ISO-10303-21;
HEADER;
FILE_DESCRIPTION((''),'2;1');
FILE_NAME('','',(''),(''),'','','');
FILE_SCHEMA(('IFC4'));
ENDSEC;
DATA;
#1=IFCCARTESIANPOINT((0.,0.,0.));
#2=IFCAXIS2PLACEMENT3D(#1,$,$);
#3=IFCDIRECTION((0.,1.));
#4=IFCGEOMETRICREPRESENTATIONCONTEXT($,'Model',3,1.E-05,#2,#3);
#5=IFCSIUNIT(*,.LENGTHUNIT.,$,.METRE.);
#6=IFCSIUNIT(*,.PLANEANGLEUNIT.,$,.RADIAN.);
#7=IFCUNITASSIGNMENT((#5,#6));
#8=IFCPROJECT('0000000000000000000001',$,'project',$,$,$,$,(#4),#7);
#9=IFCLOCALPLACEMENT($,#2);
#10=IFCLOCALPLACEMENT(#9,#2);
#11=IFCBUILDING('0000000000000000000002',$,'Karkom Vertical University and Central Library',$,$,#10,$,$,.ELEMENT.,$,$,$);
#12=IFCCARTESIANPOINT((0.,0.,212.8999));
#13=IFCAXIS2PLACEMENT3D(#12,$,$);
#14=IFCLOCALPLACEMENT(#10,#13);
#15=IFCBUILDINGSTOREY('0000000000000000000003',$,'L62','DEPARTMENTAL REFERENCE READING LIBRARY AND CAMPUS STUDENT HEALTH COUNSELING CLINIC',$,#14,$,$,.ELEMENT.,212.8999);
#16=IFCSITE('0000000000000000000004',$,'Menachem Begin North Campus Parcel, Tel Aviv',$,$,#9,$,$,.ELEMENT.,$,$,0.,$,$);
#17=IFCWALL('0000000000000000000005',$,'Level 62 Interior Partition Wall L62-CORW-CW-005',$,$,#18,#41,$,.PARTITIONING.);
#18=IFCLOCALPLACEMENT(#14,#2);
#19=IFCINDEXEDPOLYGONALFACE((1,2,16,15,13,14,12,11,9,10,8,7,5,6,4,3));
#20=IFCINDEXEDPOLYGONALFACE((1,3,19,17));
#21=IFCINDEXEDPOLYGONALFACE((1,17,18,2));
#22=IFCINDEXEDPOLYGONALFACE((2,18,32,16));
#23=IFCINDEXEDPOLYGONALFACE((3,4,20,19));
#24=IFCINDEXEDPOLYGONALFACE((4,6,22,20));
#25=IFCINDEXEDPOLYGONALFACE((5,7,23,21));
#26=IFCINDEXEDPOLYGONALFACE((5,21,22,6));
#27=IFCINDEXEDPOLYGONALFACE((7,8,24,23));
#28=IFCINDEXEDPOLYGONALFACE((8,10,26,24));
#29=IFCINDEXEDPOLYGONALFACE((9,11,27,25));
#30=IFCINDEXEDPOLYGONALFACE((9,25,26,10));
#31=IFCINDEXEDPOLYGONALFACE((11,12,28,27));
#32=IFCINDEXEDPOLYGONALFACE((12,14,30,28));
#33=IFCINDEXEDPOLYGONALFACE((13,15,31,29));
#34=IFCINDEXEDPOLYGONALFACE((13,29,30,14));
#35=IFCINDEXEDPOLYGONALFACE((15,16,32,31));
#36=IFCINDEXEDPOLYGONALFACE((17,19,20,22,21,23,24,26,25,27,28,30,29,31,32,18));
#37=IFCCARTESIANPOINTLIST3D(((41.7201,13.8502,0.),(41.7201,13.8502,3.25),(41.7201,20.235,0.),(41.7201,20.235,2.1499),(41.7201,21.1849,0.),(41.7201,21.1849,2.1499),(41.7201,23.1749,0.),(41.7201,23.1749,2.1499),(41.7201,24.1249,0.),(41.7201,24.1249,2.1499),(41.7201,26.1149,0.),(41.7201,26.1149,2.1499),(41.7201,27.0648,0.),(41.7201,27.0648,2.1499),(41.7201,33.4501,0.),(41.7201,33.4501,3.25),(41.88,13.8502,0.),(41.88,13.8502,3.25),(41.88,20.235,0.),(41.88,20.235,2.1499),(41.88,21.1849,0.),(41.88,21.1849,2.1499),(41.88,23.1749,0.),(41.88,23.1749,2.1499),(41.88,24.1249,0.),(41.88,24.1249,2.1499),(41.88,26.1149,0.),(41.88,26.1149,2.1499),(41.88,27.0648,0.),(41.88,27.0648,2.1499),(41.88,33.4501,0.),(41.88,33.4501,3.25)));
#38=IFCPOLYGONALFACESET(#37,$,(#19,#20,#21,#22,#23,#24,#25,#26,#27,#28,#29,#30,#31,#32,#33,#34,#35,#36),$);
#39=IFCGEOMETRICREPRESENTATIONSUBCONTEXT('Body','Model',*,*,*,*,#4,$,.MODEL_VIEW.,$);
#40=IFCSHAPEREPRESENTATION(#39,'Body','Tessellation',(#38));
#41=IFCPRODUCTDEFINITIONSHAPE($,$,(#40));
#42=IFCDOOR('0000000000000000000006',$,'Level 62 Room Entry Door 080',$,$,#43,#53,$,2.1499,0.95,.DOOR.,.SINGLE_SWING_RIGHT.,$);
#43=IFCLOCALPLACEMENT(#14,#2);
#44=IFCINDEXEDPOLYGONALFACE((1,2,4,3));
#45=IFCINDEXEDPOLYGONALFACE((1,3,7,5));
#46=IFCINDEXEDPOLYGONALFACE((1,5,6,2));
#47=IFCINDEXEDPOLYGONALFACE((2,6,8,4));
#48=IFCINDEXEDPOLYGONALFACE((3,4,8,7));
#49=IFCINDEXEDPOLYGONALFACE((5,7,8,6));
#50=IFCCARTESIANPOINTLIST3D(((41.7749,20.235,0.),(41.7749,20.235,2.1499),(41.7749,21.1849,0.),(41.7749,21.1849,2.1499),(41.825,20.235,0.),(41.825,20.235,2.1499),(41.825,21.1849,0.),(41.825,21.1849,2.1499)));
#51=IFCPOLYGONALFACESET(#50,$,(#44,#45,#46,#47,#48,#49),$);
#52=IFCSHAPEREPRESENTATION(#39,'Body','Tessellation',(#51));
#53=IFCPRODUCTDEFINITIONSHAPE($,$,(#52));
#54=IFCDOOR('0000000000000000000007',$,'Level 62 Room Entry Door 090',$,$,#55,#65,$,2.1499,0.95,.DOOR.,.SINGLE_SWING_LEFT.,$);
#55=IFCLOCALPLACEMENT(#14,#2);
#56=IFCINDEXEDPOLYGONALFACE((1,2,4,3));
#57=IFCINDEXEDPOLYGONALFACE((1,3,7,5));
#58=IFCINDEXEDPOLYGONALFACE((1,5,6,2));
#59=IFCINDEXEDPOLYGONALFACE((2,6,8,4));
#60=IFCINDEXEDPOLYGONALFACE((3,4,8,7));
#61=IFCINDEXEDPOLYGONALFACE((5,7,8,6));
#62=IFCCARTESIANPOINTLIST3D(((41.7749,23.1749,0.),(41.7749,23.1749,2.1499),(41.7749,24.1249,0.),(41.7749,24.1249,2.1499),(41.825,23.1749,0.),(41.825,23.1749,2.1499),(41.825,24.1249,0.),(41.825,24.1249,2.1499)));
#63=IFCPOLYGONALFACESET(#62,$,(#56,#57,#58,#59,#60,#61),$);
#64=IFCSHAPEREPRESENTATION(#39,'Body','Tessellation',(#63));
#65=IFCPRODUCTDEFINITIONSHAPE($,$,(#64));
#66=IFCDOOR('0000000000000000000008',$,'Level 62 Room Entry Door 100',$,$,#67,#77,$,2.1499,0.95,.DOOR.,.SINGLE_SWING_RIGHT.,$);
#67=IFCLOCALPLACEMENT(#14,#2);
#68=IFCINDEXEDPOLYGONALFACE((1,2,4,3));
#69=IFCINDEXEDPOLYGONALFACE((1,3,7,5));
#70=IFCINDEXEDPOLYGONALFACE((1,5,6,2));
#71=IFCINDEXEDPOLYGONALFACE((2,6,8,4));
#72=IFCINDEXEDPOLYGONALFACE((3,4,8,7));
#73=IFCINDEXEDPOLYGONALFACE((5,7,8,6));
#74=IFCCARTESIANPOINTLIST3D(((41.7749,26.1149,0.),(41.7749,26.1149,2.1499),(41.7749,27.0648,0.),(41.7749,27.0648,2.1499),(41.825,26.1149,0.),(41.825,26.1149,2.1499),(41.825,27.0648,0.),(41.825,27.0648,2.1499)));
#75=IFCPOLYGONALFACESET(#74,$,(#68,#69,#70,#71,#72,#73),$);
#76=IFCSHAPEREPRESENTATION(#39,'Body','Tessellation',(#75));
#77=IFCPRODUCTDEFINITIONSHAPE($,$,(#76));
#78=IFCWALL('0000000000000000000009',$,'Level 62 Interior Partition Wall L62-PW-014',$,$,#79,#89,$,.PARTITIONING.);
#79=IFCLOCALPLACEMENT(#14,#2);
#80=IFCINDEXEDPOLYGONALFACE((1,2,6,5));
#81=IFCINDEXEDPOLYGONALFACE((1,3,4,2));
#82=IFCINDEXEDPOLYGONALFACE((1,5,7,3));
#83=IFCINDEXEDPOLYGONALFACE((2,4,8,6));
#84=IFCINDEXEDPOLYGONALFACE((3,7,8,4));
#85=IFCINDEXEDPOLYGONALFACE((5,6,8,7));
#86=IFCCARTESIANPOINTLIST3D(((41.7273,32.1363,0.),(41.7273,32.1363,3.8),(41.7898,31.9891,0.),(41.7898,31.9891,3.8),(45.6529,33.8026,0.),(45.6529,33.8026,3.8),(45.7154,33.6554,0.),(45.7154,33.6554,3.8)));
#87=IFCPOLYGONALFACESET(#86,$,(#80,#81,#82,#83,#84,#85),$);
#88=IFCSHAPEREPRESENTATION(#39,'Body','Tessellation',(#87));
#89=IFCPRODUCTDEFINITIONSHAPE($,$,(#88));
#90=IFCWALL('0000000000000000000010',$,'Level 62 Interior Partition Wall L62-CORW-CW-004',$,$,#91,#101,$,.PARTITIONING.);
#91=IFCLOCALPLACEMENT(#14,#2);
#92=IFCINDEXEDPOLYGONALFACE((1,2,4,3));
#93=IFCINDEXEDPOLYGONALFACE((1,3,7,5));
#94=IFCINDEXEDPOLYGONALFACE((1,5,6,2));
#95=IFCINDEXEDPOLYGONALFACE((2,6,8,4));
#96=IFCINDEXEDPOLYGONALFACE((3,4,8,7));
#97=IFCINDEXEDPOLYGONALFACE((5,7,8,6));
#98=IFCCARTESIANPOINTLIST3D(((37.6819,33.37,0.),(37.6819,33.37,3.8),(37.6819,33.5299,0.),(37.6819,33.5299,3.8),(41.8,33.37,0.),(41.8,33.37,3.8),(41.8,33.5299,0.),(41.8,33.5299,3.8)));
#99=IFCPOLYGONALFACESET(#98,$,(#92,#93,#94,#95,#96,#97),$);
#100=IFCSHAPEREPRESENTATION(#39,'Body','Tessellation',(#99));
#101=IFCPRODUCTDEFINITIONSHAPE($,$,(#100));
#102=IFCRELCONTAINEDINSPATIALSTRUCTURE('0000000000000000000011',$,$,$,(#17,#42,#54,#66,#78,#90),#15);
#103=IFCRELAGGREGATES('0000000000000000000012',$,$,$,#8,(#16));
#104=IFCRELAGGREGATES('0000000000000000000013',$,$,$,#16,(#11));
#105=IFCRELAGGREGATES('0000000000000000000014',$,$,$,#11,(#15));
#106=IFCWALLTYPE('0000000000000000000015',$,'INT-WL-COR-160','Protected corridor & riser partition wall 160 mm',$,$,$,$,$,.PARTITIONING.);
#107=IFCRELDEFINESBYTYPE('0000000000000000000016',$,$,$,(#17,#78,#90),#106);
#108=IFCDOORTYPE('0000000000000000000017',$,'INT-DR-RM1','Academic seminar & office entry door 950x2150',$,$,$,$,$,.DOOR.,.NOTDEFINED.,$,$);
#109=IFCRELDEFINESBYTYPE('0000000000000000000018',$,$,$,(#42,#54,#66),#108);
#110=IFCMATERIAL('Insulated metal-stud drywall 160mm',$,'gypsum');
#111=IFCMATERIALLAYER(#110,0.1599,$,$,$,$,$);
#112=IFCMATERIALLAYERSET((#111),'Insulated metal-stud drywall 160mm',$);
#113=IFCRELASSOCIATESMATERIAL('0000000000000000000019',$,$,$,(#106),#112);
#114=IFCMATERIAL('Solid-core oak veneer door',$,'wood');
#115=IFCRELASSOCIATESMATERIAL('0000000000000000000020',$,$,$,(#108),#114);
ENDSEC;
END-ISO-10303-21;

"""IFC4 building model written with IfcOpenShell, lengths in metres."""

from ifc_helpers import new_model, si_unit, direction, frame, frame_2d, origin, origin_with_axes, place, context, subcontext, project, spatial, rectangle, extrude, source, transform, mapped, material, layer, layer_set, type_object, element, fill, save


model = new_model("IFC4")

# Units and contexts
model_context = context("Model", 3, precision=1e-05, world=origin(), true_north=direction((0.0, 1.0)))
body_context = subcontext(model_context, "Body", "Model", "MODEL_VIEW")
ifc_project = project(units=[si_unit("LENGTHUNIT", "METRE"), si_unit("PLANEANGLEUNIT", "RADIAN")], contexts=[model_context])

# Site, building, storey
site_placement = place(None, origin())
site = spatial("IfcSite", under=ifc_project, at=site_placement, Name="Menachem Begin North Campus Parcel, Tel Aviv", CompositionType="ELEMENT", RefElevation=0.0)
building_placement = place(site_placement, origin())
building = spatial("IfcBuilding", under=site, at=building_placement, Name="Karkom Vertical University and Central Library", CompositionType="ELEMENT")
storey_placement = place(building_placement, frame((0.0, 0.0, 212.8999)))
storey = spatial("IfcBuildingStorey", under=building, at=storey_placement, Name="L62", Description="DEPARTMENTAL REFERENCE READING LIBRARY AND CAMPUS STUDENT HEALTH COUNSELING CLINIC", CompositionType="ELEMENT", Elevation=212.8999)

# Wall, openings, doors
ifc_material_1 = material(Name="Insulated metal-stud drywall 160mm", Category="gypsum")
ifc_layer_1 = layer(ifc_material_1, 0.1599)
ifc_layer_set_1 = layer_set([ifc_layer_1], Name="Insulated metal-stud drywall 160mm")
wall_type_1 = type_object("IfcWallType", Name="INT-WL-COR-160", Description="Protected corridor & riser partition wall 160 mm", PredefinedType="PARTITIONING", material=ifc_layer_set_1)
wall_1_placement = place(storey_placement, frame((41.8, 33.45, 0.0), z_axis=(0.0, 0.0, 1.0), x_axis=(0.0, -1.0, 0.0)))
wall_1 = element("IfcWall", 1, at=wall_1_placement, inside=storey, type_object=wall_type_1, Name="Level 62 Interior Partition Wall L62-CORW-CW-005", PredefinedType="PARTITIONING", context=body_context, shape_type="SweptSolid", body=[
    extrude(rectangle(XDim=19.5999, YDim=0.1599, at=frame_2d((9.7998, 0.0))), origin(), (0.0, 0.0, 1.0), 3.25),
])
opening_1_placement = place(wall_1_placement, frame((12.2649, 0.0, 0.0)))
opening_1 = element("IfcOpeningElement", 2, at=opening_1_placement, cuts=wall_1, PredefinedType="OPENING", context=body_context, shape_type="SweptSolid", body=[
    extrude(rectangle(XDim=0.95, YDim=2.1499, at=frame_2d((0.4751, 1.075))), frame((0.0, 0.0898, 0.0), z_axis=(0.0, -1.0, 0.0), x_axis=(1.0, 0.0, 0.0)), (0.0, 0.0, 1.0), 0.1799),
])
opening_2_placement = place(wall_1_placement, frame((9.325, 0.0, 0.0)))
opening_2 = element("IfcOpeningElement", 3, at=opening_2_placement, cuts=wall_1, PredefinedType="OPENING", context=body_context, shape_type="SweptSolid", body=[
    extrude(rectangle(XDim=0.95, YDim=2.1499, at=frame_2d((0.4751, 1.075))), frame((0.0, 0.0898, 0.0), z_axis=(0.0, -1.0, 0.0), x_axis=(1.0, 0.0, 0.0)), (0.0, 0.0, 1.0), 0.1799),
])
opening_3_placement = place(wall_1_placement, frame((6.385, 0.0, 0.0)))
opening_3 = element("IfcOpeningElement", 4, at=opening_3_placement, cuts=wall_1, PredefinedType="OPENING", context=body_context, shape_type="SweptSolid", body=[
    extrude(rectangle(XDim=0.95, YDim=2.1499, at=frame_2d((0.4751, 1.075))), frame((0.0, 0.0898, 0.0), z_axis=(0.0, -1.0, 0.0), x_axis=(1.0, 0.0, 0.0)), (0.0, 0.0, 1.0), 0.1799),
])
ifc_material_2 = material(Name="Solid-core oak veneer door", Category="wood")
door_type = type_object("IfcDoorType", Name="INT-DR-RM1", Description="Academic seminar & office entry door 950x2150", OperationType="NOTDEFINED", PredefinedType="DOOR", material=ifc_material_2)
shared_shape_1 = source(origin_with_axes(), body_context, "Body", "SweptSolid", [
    extrude(rectangle(XDim=0.95, YDim=2.1499, at=frame_2d((0.4751, 1.075))), frame((0.0, 0.0249, 0.0), z_axis=(0.0, -1.0, 0.0), x_axis=(1.0, 0.0, 0.0)), (0.0, 0.0, 1.0), 0.05),
])
door_1_placement = place(opening_1_placement, origin())
door_1 = element("IfcDoor", 5, at=door_1_placement, inside=storey, type_object=door_type, Name="Level 62 Room Entry Door 080", OperationType="SINGLE_SWING_RIGHT", OverallHeight=2.1499, OverallWidth=0.95, PredefinedType="DOOR", context=body_context, shape_type="MappedRepresentation", body=[
    mapped(shared_shape_1, transform((0.0, 0.0, 0.0), scale=1.0)),
])
fill(opening_1, door_1)
door_2_placement = place(opening_2_placement, origin())
door_2 = element("IfcDoor", 6, at=door_2_placement, inside=storey, type_object=door_type, Name="Level 62 Room Entry Door 090", OperationType="SINGLE_SWING_LEFT", OverallHeight=2.1499, OverallWidth=0.95, PredefinedType="DOOR", context=body_context, shape_type="MappedRepresentation", body=[
    mapped(shared_shape_1, transform((0.0, 0.0, 0.0), scale=1.0)),
])
fill(opening_2, door_2)
door_3_placement = place(opening_3_placement, origin())
door_3 = element("IfcDoor", 7, at=door_3_placement, inside=storey, type_object=door_type, Name="Level 62 Room Entry Door 100", OperationType="SINGLE_SWING_RIGHT", OverallHeight=2.1499, OverallWidth=0.95, PredefinedType="DOOR", context=body_context, shape_type="MappedRepresentation", body=[
    mapped(shared_shape_1, transform((0.0, 0.0, 0.0), scale=1.0)),
])
fill(opening_3, door_3)

# Walls
wall_2_placement = place(storey_placement, frame((41.7585, 32.0627, 0.0), z_axis=(0.0, 0.0, 1.0), x_axis=(0.920508, 0.390725, 0.0)))
element("IfcWall", 8, at=wall_2_placement, inside=storey, type_object=wall_type_1, Name="Level 62 Interior Partition Wall L62-PW-014", PredefinedType="PARTITIONING", context=body_context, shape_type="SweptSolid", body=[
    extrude(rectangle(XDim=4.2646, YDim=0.1599, at=frame_2d((2.1323, 0.0))), origin(), (0.0, 0.0, 1.0), 3.8),
])
wall_3_placement = place(storey_placement, frame((37.6819, 33.45, 0.0), z_axis=(0.0, 0.0, 1.0), x_axis=(1.0, 0.0, 0.0)))
element("IfcWall", 9, at=wall_3_placement, inside=storey, type_object=wall_type_1, Name="Level 62 Interior Partition Wall L62-CORW-CW-004", PredefinedType="PARTITIONING", context=body_context, shape_type="SweptSolid", body=[
    extrude(rectangle(XDim=4.1182, YDim=0.1599, at=frame_2d((2.0591, 0.0))), origin(), (0.0, 0.0, 1.0), 3.8),
])

save(model, "model.ifc")
